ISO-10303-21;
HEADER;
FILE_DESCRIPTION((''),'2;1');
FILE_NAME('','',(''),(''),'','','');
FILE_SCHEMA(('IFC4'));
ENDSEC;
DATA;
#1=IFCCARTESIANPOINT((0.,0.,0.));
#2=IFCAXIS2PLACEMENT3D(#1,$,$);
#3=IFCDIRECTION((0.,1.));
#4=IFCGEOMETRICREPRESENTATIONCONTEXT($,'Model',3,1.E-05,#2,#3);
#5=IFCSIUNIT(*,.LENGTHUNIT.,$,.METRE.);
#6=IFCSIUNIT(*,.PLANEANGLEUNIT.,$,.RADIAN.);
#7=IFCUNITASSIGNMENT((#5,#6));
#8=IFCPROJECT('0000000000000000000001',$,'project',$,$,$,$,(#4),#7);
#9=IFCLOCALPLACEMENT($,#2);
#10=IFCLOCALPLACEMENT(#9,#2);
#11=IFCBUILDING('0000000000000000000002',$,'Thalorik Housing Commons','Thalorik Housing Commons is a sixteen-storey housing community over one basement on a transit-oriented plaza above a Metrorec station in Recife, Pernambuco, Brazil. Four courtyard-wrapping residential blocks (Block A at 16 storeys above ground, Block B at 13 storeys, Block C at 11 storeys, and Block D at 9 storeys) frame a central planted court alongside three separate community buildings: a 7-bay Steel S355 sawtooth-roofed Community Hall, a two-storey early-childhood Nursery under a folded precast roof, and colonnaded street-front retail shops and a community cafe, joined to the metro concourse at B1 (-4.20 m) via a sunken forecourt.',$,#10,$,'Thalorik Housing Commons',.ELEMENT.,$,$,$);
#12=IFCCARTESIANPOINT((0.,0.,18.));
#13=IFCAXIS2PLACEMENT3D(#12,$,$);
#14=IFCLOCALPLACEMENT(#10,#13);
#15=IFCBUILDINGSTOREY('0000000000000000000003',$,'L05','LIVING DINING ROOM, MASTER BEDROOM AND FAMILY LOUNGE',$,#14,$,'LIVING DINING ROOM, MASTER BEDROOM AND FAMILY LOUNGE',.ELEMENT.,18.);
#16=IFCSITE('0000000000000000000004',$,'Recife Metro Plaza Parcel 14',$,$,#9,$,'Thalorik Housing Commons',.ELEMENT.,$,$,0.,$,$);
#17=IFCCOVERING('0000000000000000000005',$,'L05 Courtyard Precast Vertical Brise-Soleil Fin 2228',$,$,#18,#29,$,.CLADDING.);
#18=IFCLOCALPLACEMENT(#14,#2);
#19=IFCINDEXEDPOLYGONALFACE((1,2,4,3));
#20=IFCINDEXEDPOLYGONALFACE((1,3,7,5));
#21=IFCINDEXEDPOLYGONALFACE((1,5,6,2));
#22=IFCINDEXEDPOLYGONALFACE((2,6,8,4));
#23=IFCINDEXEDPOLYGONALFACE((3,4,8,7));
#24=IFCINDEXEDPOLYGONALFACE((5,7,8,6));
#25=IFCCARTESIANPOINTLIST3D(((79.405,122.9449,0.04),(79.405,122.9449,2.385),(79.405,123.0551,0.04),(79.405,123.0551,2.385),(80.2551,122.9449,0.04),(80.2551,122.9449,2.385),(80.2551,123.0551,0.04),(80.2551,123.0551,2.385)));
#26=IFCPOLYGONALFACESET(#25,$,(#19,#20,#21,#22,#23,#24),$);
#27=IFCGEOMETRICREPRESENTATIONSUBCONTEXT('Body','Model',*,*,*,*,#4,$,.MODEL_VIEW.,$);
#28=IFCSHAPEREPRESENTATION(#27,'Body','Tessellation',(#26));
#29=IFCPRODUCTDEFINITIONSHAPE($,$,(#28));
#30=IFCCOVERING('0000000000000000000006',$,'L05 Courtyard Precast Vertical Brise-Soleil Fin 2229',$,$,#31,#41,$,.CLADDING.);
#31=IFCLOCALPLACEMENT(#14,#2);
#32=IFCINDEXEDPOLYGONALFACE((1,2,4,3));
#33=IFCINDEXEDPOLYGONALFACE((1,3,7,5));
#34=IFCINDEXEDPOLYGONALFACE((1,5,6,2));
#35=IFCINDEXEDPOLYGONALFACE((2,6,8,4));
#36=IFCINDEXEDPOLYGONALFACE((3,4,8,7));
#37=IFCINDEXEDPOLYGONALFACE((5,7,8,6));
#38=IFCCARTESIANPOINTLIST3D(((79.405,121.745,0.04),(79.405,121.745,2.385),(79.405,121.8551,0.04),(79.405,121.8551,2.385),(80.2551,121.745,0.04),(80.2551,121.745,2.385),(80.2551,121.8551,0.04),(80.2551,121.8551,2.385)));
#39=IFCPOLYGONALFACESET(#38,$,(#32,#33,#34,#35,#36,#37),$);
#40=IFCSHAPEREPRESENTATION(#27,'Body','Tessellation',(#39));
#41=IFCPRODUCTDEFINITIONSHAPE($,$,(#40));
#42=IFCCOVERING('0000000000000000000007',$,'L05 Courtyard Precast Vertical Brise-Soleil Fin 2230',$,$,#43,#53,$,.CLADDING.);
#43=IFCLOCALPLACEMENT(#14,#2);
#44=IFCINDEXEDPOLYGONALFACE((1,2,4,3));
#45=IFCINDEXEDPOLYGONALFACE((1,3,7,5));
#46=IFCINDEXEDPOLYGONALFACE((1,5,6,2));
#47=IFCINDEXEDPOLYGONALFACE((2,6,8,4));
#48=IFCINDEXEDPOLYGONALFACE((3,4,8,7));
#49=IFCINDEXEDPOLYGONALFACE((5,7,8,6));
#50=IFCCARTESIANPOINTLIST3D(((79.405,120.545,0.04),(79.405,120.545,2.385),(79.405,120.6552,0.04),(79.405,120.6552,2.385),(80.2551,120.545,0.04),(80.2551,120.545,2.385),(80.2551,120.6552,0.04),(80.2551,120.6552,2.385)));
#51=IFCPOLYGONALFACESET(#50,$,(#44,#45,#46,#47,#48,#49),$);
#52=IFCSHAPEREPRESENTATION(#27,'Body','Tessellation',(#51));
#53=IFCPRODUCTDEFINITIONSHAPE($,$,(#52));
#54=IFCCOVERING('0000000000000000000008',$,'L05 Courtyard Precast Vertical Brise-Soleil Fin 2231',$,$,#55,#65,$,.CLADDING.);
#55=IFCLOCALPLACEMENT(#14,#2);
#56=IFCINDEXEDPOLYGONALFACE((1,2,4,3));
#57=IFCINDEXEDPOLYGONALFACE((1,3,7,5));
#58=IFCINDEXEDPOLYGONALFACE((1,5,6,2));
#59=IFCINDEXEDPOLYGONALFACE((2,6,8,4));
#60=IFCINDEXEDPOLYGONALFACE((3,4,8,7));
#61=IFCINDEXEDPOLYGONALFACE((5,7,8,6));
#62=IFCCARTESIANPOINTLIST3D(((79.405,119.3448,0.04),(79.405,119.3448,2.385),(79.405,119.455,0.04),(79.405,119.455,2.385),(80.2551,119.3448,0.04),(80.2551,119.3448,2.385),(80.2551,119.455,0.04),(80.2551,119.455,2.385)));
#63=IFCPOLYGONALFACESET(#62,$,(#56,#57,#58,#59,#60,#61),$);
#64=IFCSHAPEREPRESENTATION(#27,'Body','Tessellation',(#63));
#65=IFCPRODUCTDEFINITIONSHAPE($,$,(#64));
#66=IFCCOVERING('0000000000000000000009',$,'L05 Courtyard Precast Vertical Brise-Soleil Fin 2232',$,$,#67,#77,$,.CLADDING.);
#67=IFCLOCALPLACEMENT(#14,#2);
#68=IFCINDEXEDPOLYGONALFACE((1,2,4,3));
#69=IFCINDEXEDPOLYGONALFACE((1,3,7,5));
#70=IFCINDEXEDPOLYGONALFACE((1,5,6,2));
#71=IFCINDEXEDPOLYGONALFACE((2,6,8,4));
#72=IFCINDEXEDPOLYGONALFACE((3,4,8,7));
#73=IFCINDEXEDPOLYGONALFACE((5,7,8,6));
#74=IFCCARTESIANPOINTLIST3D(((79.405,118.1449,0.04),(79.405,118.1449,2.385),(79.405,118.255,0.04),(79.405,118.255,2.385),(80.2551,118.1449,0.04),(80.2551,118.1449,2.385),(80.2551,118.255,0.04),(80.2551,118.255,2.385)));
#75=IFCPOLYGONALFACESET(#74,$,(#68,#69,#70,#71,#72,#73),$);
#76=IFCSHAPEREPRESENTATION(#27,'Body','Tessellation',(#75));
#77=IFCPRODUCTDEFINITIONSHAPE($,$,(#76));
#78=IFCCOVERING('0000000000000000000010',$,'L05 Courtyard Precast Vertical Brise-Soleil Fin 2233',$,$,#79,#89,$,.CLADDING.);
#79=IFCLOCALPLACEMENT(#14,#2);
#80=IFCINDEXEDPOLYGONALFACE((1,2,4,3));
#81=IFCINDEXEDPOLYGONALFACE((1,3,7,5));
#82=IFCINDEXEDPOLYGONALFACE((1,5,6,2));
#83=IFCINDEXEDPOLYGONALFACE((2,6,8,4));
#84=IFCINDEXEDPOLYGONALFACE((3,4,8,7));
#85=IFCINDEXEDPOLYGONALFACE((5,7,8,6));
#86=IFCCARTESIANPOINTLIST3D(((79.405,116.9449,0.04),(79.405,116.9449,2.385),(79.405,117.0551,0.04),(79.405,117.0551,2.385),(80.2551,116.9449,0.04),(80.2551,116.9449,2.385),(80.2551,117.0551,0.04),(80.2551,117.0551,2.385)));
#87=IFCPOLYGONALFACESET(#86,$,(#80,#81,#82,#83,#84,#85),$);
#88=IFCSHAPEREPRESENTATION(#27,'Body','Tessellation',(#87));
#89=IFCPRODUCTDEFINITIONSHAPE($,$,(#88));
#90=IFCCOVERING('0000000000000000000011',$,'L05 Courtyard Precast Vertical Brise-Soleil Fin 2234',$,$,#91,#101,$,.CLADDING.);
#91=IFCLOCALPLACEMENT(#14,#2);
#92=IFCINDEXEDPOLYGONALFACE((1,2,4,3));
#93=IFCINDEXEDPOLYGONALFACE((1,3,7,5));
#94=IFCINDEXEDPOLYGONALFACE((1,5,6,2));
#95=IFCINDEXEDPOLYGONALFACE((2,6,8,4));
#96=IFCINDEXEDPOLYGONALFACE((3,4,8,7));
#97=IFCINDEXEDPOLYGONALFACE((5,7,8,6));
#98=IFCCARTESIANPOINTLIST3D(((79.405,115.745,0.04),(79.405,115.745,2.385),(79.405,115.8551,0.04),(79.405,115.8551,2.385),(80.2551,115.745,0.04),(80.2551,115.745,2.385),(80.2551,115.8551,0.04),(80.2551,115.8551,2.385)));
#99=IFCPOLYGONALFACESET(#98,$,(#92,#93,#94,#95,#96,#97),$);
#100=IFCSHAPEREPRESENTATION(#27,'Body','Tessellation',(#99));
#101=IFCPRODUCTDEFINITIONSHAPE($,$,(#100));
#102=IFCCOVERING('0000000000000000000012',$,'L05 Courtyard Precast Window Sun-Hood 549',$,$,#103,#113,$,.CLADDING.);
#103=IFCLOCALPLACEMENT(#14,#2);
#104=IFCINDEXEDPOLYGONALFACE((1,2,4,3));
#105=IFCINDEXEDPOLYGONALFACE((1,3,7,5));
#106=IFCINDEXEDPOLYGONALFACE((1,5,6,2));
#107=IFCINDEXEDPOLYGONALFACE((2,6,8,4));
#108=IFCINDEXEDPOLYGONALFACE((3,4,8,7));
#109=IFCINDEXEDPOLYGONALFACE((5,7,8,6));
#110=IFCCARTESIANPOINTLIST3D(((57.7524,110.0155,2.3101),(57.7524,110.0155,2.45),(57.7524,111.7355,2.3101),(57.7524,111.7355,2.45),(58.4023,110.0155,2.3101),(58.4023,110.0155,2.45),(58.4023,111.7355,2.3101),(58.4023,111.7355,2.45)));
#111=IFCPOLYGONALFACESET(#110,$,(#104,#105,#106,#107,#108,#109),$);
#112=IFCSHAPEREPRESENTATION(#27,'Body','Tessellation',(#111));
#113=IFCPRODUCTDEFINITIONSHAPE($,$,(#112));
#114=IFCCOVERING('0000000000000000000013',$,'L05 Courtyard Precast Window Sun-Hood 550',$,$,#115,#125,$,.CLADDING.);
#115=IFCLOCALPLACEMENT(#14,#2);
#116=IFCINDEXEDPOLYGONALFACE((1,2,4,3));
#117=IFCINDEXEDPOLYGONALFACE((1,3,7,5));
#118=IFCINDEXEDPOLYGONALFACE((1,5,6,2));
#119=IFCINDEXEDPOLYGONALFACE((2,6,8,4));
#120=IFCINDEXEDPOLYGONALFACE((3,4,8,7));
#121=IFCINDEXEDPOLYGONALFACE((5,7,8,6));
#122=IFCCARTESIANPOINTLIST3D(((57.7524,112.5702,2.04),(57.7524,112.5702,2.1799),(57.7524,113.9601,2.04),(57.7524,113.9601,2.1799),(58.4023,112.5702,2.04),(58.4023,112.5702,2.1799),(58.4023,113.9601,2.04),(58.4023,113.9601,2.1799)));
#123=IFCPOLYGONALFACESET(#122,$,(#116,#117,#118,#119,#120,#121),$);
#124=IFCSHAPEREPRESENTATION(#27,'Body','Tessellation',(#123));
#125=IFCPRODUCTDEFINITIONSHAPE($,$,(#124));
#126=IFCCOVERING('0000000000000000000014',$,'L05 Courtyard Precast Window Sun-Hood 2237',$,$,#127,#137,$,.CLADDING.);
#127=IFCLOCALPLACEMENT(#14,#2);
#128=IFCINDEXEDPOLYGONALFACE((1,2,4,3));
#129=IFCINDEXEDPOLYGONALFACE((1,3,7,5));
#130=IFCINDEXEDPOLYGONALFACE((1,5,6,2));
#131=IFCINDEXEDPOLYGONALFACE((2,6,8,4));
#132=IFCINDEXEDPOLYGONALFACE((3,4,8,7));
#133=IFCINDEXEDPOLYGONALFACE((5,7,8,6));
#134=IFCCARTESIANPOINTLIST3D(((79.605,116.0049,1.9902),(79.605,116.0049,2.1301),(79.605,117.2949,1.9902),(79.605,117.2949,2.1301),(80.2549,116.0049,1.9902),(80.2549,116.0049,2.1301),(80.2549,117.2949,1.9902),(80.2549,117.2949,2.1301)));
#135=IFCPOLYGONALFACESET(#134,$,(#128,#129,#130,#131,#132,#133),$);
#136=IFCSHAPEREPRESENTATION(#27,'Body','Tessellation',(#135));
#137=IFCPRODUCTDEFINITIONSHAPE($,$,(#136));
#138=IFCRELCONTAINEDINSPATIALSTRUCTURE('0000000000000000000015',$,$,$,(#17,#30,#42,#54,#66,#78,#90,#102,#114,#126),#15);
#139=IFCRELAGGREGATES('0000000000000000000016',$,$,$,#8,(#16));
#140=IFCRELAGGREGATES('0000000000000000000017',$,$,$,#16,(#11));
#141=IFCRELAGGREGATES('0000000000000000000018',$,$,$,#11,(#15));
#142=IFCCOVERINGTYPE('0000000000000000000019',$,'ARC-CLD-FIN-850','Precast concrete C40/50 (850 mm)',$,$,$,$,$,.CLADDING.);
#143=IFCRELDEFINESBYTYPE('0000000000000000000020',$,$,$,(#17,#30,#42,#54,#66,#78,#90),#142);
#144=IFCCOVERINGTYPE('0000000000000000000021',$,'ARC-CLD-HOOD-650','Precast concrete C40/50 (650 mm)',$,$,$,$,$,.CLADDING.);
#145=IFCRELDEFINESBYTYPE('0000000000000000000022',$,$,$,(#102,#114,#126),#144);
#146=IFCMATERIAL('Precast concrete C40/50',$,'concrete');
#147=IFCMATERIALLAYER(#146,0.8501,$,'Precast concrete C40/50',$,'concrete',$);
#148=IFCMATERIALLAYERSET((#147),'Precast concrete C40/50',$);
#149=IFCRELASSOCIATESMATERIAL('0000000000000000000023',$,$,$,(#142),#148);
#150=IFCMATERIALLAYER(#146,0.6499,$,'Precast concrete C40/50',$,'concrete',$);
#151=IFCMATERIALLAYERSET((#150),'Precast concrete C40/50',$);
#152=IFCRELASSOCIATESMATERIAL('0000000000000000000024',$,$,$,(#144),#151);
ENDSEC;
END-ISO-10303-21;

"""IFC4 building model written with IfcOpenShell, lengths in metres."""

from ifc_helpers import new_model, si_unit, direction, frame, origin, origin_2d, place, context, subcontext, project, spatial, rectangle, extrude, material, layer, layer_set, type_object, element, save


model = new_model("IFC4")

# Units and contexts
model_context = context("Model", 3, precision=1e-05, world=origin(), true_north=direction((0.0, 1.0)))
body_context = subcontext(model_context, "Body", "Model", "MODEL_VIEW")
ifc_project = project(units=[si_unit("LENGTHUNIT", "METRE"), si_unit("PLANEANGLEUNIT", "RADIAN")], contexts=[model_context])

# Site, building, storey
site_placement = place(None, origin())
site = spatial("IfcSite", under=ifc_project, at=site_placement, Name="Recife Metro Plaza Parcel 14", LongName="Thalorik Housing Commons", CompositionType="ELEMENT", RefElevation=0.0)
building_placement = place(site_placement, origin())
building = spatial("IfcBuilding", under=site, at=building_placement, Name="Thalorik Housing Commons", Description="Thalorik Housing Commons is a sixteen-storey housing community over one basement on a transit-oriented plaza above a Metrorec station in Recife, Pernambuco, Brazil. Four courtyard-wrapping residential blocks (Block A at 16 storeys above ground, Block B at 13 storeys, Block C at 11 storeys, and Block D at 9 storeys) frame a central planted court alongside three separate community buildings: a 7-bay Steel S355 sawtooth-roofed Community Hall, a two-storey early-childhood Nursery under a folded precast roof, and colonnaded street-front retail shops and a community cafe, joined to the metro concourse at B1 (-4.20 m) via a sunken forecourt.", LongName="Thalorik Housing Commons", CompositionType="ELEMENT")
storey_placement = place(building_placement, frame((0.0, 0.0, 18.0)))
storey = spatial("IfcBuildingStorey", under=building, at=storey_placement, Name="L05", Description="LIVING DINING ROOM, MASTER BEDROOM AND FAMILY LOUNGE", LongName="LIVING DINING ROOM, MASTER BEDROOM AND FAMILY LOUNGE", CompositionType="ELEMENT", Elevation=18.0)

# Coverings
ifc_material_1 = material(Name="Precast concrete C40/50", Category="concrete")
ifc_layer_1 = layer(ifc_material_1, 0.8501, Name="Precast concrete C40/50", Category="concrete")
ifc_layer_set_1 = layer_set([ifc_layer_1], Name="Precast concrete C40/50")
covering_type_1 = type_object("IfcCoveringType", Name="ARC-CLD-FIN-850", Description="Precast concrete C40/50 (850 mm)", PredefinedType="CLADDING", material=ifc_layer_set_1)
for number, where, z_axis, x_axis, name in (
    (1, (79.8301, 123.0, 0.04), (0.0, 0.0, 1.0), (0.0, -1.0, 0.0), "L05 Courtyard Precast Vertical Brise-Soleil Fin 2228"),
    (2, (79.8301, 121.8, 0.04), (0.0, 0.0, 1.0), (0.0, -1.0, 0.0), "L05 Courtyard Precast Vertical Brise-Soleil Fin 2229"),
    (3, (79.8301, 120.6001, 0.04), (0.0, 0.0, 1.0), (0.0, -1.0, 0.0), "L05 Courtyard Precast Vertical Brise-Soleil Fin 2230"),
    (4, (79.8301, 119.3999, 0.04), (0.0, 0.0, 1.0), (0.0, -1.0, 0.0), "L05 Courtyard Precast Vertical Brise-Soleil Fin 2231"),
    (5, (79.8301, 118.2, 0.04), (0.0, 0.0, 1.0), (0.0, -1.0, 0.0), "L05 Courtyard Precast Vertical Brise-Soleil Fin 2232"),
    (6, (79.8301, 117.0, 0.04), (0.0, 0.0, 1.0), (0.0, -1.0, 0.0), "L05 Courtyard Precast Vertical Brise-Soleil Fin 2233"),
    (7, (79.8301, 115.8, 0.04), (0.0, 0.0, 1.0), (0.0, -1.0, 0.0), "L05 Courtyard Precast Vertical Brise-Soleil Fin 2234"),
):
    element("IfcCovering", number, at=place(storey_placement, frame(where, z_axis=z_axis, x_axis=x_axis)), inside=storey, type_object=covering_type_1, Name=name, PredefinedType="CLADDING", context=body_context, shape_type="SweptSolid", body=[
        extrude(rectangle(XDim=0.1101, YDim=0.8501, at=origin_2d()), origin(), (0.0, 0.0, 1.0), 2.345),
    ])
ifc_layer_2 = layer(ifc_material_1, 0.6499, Name="Precast concrete C40/50", Category="concrete")
ifc_layer_set_2 = layer_set([ifc_layer_2], Name="Precast concrete C40/50")
covering_type_2 = type_object("IfcCoveringType", Name="ARC-CLD-HOOD-650", Description="Precast concrete C40/50 (650 mm)", PredefinedType="CLADDING", material=ifc_layer_set_2)
covering_1_placement = place(storey_placement, frame((58.0774, 110.8755, 2.3101), z_axis=(0.0, 0.0, 1.0), x_axis=(0.0, 1.0, 0.0)))
element("IfcCovering", 8, at=covering_1_placement, inside=storey, type_object=covering_type_2, Name="L05 Courtyard Precast Window Sun-Hood 549", PredefinedType="CLADDING", context=body_context, shape_type="SweptSolid", body=[
    extrude(rectangle(XDim=1.72, YDim=0.6499, at=origin_2d()), origin(), (0.0, 0.0, 1.0), 0.1399),
])
covering_2_placement = place(storey_placement, frame((58.0774, 113.2651, 2.04), z_axis=(0.0, 0.0, 1.0), x_axis=(0.0, 1.0, 0.0)))
element("IfcCovering", 9, at=covering_2_placement, inside=storey, type_object=covering_type_2, Name="L05 Courtyard Precast Window Sun-Hood 550", PredefinedType="CLADDING", context=body_context, shape_type="SweptSolid", body=[
    extrude(rectangle(XDim=1.3899, YDim=0.6499, at=origin_2d()), origin(), (0.0, 0.0, 1.0), 0.1399),
])
covering_3_placement = place(storey_placement, frame((79.9299, 116.6499, 1.9902), z_axis=(0.0, 0.0, 1.0), x_axis=(0.0, -1.0, 0.0)))
element("IfcCovering", 10, at=covering_3_placement, inside=storey, type_object=covering_type_2, Name="L05 Courtyard Precast Window Sun-Hood 2237", PredefinedType="CLADDING", context=body_context, shape_type="SweptSolid", body=[
    extrude(rectangle(XDim=1.29, YDim=0.6499, at=origin_2d()), origin(), (0.0, 0.0, 1.0), 0.1399),
])

save(model, "model.ifc")
